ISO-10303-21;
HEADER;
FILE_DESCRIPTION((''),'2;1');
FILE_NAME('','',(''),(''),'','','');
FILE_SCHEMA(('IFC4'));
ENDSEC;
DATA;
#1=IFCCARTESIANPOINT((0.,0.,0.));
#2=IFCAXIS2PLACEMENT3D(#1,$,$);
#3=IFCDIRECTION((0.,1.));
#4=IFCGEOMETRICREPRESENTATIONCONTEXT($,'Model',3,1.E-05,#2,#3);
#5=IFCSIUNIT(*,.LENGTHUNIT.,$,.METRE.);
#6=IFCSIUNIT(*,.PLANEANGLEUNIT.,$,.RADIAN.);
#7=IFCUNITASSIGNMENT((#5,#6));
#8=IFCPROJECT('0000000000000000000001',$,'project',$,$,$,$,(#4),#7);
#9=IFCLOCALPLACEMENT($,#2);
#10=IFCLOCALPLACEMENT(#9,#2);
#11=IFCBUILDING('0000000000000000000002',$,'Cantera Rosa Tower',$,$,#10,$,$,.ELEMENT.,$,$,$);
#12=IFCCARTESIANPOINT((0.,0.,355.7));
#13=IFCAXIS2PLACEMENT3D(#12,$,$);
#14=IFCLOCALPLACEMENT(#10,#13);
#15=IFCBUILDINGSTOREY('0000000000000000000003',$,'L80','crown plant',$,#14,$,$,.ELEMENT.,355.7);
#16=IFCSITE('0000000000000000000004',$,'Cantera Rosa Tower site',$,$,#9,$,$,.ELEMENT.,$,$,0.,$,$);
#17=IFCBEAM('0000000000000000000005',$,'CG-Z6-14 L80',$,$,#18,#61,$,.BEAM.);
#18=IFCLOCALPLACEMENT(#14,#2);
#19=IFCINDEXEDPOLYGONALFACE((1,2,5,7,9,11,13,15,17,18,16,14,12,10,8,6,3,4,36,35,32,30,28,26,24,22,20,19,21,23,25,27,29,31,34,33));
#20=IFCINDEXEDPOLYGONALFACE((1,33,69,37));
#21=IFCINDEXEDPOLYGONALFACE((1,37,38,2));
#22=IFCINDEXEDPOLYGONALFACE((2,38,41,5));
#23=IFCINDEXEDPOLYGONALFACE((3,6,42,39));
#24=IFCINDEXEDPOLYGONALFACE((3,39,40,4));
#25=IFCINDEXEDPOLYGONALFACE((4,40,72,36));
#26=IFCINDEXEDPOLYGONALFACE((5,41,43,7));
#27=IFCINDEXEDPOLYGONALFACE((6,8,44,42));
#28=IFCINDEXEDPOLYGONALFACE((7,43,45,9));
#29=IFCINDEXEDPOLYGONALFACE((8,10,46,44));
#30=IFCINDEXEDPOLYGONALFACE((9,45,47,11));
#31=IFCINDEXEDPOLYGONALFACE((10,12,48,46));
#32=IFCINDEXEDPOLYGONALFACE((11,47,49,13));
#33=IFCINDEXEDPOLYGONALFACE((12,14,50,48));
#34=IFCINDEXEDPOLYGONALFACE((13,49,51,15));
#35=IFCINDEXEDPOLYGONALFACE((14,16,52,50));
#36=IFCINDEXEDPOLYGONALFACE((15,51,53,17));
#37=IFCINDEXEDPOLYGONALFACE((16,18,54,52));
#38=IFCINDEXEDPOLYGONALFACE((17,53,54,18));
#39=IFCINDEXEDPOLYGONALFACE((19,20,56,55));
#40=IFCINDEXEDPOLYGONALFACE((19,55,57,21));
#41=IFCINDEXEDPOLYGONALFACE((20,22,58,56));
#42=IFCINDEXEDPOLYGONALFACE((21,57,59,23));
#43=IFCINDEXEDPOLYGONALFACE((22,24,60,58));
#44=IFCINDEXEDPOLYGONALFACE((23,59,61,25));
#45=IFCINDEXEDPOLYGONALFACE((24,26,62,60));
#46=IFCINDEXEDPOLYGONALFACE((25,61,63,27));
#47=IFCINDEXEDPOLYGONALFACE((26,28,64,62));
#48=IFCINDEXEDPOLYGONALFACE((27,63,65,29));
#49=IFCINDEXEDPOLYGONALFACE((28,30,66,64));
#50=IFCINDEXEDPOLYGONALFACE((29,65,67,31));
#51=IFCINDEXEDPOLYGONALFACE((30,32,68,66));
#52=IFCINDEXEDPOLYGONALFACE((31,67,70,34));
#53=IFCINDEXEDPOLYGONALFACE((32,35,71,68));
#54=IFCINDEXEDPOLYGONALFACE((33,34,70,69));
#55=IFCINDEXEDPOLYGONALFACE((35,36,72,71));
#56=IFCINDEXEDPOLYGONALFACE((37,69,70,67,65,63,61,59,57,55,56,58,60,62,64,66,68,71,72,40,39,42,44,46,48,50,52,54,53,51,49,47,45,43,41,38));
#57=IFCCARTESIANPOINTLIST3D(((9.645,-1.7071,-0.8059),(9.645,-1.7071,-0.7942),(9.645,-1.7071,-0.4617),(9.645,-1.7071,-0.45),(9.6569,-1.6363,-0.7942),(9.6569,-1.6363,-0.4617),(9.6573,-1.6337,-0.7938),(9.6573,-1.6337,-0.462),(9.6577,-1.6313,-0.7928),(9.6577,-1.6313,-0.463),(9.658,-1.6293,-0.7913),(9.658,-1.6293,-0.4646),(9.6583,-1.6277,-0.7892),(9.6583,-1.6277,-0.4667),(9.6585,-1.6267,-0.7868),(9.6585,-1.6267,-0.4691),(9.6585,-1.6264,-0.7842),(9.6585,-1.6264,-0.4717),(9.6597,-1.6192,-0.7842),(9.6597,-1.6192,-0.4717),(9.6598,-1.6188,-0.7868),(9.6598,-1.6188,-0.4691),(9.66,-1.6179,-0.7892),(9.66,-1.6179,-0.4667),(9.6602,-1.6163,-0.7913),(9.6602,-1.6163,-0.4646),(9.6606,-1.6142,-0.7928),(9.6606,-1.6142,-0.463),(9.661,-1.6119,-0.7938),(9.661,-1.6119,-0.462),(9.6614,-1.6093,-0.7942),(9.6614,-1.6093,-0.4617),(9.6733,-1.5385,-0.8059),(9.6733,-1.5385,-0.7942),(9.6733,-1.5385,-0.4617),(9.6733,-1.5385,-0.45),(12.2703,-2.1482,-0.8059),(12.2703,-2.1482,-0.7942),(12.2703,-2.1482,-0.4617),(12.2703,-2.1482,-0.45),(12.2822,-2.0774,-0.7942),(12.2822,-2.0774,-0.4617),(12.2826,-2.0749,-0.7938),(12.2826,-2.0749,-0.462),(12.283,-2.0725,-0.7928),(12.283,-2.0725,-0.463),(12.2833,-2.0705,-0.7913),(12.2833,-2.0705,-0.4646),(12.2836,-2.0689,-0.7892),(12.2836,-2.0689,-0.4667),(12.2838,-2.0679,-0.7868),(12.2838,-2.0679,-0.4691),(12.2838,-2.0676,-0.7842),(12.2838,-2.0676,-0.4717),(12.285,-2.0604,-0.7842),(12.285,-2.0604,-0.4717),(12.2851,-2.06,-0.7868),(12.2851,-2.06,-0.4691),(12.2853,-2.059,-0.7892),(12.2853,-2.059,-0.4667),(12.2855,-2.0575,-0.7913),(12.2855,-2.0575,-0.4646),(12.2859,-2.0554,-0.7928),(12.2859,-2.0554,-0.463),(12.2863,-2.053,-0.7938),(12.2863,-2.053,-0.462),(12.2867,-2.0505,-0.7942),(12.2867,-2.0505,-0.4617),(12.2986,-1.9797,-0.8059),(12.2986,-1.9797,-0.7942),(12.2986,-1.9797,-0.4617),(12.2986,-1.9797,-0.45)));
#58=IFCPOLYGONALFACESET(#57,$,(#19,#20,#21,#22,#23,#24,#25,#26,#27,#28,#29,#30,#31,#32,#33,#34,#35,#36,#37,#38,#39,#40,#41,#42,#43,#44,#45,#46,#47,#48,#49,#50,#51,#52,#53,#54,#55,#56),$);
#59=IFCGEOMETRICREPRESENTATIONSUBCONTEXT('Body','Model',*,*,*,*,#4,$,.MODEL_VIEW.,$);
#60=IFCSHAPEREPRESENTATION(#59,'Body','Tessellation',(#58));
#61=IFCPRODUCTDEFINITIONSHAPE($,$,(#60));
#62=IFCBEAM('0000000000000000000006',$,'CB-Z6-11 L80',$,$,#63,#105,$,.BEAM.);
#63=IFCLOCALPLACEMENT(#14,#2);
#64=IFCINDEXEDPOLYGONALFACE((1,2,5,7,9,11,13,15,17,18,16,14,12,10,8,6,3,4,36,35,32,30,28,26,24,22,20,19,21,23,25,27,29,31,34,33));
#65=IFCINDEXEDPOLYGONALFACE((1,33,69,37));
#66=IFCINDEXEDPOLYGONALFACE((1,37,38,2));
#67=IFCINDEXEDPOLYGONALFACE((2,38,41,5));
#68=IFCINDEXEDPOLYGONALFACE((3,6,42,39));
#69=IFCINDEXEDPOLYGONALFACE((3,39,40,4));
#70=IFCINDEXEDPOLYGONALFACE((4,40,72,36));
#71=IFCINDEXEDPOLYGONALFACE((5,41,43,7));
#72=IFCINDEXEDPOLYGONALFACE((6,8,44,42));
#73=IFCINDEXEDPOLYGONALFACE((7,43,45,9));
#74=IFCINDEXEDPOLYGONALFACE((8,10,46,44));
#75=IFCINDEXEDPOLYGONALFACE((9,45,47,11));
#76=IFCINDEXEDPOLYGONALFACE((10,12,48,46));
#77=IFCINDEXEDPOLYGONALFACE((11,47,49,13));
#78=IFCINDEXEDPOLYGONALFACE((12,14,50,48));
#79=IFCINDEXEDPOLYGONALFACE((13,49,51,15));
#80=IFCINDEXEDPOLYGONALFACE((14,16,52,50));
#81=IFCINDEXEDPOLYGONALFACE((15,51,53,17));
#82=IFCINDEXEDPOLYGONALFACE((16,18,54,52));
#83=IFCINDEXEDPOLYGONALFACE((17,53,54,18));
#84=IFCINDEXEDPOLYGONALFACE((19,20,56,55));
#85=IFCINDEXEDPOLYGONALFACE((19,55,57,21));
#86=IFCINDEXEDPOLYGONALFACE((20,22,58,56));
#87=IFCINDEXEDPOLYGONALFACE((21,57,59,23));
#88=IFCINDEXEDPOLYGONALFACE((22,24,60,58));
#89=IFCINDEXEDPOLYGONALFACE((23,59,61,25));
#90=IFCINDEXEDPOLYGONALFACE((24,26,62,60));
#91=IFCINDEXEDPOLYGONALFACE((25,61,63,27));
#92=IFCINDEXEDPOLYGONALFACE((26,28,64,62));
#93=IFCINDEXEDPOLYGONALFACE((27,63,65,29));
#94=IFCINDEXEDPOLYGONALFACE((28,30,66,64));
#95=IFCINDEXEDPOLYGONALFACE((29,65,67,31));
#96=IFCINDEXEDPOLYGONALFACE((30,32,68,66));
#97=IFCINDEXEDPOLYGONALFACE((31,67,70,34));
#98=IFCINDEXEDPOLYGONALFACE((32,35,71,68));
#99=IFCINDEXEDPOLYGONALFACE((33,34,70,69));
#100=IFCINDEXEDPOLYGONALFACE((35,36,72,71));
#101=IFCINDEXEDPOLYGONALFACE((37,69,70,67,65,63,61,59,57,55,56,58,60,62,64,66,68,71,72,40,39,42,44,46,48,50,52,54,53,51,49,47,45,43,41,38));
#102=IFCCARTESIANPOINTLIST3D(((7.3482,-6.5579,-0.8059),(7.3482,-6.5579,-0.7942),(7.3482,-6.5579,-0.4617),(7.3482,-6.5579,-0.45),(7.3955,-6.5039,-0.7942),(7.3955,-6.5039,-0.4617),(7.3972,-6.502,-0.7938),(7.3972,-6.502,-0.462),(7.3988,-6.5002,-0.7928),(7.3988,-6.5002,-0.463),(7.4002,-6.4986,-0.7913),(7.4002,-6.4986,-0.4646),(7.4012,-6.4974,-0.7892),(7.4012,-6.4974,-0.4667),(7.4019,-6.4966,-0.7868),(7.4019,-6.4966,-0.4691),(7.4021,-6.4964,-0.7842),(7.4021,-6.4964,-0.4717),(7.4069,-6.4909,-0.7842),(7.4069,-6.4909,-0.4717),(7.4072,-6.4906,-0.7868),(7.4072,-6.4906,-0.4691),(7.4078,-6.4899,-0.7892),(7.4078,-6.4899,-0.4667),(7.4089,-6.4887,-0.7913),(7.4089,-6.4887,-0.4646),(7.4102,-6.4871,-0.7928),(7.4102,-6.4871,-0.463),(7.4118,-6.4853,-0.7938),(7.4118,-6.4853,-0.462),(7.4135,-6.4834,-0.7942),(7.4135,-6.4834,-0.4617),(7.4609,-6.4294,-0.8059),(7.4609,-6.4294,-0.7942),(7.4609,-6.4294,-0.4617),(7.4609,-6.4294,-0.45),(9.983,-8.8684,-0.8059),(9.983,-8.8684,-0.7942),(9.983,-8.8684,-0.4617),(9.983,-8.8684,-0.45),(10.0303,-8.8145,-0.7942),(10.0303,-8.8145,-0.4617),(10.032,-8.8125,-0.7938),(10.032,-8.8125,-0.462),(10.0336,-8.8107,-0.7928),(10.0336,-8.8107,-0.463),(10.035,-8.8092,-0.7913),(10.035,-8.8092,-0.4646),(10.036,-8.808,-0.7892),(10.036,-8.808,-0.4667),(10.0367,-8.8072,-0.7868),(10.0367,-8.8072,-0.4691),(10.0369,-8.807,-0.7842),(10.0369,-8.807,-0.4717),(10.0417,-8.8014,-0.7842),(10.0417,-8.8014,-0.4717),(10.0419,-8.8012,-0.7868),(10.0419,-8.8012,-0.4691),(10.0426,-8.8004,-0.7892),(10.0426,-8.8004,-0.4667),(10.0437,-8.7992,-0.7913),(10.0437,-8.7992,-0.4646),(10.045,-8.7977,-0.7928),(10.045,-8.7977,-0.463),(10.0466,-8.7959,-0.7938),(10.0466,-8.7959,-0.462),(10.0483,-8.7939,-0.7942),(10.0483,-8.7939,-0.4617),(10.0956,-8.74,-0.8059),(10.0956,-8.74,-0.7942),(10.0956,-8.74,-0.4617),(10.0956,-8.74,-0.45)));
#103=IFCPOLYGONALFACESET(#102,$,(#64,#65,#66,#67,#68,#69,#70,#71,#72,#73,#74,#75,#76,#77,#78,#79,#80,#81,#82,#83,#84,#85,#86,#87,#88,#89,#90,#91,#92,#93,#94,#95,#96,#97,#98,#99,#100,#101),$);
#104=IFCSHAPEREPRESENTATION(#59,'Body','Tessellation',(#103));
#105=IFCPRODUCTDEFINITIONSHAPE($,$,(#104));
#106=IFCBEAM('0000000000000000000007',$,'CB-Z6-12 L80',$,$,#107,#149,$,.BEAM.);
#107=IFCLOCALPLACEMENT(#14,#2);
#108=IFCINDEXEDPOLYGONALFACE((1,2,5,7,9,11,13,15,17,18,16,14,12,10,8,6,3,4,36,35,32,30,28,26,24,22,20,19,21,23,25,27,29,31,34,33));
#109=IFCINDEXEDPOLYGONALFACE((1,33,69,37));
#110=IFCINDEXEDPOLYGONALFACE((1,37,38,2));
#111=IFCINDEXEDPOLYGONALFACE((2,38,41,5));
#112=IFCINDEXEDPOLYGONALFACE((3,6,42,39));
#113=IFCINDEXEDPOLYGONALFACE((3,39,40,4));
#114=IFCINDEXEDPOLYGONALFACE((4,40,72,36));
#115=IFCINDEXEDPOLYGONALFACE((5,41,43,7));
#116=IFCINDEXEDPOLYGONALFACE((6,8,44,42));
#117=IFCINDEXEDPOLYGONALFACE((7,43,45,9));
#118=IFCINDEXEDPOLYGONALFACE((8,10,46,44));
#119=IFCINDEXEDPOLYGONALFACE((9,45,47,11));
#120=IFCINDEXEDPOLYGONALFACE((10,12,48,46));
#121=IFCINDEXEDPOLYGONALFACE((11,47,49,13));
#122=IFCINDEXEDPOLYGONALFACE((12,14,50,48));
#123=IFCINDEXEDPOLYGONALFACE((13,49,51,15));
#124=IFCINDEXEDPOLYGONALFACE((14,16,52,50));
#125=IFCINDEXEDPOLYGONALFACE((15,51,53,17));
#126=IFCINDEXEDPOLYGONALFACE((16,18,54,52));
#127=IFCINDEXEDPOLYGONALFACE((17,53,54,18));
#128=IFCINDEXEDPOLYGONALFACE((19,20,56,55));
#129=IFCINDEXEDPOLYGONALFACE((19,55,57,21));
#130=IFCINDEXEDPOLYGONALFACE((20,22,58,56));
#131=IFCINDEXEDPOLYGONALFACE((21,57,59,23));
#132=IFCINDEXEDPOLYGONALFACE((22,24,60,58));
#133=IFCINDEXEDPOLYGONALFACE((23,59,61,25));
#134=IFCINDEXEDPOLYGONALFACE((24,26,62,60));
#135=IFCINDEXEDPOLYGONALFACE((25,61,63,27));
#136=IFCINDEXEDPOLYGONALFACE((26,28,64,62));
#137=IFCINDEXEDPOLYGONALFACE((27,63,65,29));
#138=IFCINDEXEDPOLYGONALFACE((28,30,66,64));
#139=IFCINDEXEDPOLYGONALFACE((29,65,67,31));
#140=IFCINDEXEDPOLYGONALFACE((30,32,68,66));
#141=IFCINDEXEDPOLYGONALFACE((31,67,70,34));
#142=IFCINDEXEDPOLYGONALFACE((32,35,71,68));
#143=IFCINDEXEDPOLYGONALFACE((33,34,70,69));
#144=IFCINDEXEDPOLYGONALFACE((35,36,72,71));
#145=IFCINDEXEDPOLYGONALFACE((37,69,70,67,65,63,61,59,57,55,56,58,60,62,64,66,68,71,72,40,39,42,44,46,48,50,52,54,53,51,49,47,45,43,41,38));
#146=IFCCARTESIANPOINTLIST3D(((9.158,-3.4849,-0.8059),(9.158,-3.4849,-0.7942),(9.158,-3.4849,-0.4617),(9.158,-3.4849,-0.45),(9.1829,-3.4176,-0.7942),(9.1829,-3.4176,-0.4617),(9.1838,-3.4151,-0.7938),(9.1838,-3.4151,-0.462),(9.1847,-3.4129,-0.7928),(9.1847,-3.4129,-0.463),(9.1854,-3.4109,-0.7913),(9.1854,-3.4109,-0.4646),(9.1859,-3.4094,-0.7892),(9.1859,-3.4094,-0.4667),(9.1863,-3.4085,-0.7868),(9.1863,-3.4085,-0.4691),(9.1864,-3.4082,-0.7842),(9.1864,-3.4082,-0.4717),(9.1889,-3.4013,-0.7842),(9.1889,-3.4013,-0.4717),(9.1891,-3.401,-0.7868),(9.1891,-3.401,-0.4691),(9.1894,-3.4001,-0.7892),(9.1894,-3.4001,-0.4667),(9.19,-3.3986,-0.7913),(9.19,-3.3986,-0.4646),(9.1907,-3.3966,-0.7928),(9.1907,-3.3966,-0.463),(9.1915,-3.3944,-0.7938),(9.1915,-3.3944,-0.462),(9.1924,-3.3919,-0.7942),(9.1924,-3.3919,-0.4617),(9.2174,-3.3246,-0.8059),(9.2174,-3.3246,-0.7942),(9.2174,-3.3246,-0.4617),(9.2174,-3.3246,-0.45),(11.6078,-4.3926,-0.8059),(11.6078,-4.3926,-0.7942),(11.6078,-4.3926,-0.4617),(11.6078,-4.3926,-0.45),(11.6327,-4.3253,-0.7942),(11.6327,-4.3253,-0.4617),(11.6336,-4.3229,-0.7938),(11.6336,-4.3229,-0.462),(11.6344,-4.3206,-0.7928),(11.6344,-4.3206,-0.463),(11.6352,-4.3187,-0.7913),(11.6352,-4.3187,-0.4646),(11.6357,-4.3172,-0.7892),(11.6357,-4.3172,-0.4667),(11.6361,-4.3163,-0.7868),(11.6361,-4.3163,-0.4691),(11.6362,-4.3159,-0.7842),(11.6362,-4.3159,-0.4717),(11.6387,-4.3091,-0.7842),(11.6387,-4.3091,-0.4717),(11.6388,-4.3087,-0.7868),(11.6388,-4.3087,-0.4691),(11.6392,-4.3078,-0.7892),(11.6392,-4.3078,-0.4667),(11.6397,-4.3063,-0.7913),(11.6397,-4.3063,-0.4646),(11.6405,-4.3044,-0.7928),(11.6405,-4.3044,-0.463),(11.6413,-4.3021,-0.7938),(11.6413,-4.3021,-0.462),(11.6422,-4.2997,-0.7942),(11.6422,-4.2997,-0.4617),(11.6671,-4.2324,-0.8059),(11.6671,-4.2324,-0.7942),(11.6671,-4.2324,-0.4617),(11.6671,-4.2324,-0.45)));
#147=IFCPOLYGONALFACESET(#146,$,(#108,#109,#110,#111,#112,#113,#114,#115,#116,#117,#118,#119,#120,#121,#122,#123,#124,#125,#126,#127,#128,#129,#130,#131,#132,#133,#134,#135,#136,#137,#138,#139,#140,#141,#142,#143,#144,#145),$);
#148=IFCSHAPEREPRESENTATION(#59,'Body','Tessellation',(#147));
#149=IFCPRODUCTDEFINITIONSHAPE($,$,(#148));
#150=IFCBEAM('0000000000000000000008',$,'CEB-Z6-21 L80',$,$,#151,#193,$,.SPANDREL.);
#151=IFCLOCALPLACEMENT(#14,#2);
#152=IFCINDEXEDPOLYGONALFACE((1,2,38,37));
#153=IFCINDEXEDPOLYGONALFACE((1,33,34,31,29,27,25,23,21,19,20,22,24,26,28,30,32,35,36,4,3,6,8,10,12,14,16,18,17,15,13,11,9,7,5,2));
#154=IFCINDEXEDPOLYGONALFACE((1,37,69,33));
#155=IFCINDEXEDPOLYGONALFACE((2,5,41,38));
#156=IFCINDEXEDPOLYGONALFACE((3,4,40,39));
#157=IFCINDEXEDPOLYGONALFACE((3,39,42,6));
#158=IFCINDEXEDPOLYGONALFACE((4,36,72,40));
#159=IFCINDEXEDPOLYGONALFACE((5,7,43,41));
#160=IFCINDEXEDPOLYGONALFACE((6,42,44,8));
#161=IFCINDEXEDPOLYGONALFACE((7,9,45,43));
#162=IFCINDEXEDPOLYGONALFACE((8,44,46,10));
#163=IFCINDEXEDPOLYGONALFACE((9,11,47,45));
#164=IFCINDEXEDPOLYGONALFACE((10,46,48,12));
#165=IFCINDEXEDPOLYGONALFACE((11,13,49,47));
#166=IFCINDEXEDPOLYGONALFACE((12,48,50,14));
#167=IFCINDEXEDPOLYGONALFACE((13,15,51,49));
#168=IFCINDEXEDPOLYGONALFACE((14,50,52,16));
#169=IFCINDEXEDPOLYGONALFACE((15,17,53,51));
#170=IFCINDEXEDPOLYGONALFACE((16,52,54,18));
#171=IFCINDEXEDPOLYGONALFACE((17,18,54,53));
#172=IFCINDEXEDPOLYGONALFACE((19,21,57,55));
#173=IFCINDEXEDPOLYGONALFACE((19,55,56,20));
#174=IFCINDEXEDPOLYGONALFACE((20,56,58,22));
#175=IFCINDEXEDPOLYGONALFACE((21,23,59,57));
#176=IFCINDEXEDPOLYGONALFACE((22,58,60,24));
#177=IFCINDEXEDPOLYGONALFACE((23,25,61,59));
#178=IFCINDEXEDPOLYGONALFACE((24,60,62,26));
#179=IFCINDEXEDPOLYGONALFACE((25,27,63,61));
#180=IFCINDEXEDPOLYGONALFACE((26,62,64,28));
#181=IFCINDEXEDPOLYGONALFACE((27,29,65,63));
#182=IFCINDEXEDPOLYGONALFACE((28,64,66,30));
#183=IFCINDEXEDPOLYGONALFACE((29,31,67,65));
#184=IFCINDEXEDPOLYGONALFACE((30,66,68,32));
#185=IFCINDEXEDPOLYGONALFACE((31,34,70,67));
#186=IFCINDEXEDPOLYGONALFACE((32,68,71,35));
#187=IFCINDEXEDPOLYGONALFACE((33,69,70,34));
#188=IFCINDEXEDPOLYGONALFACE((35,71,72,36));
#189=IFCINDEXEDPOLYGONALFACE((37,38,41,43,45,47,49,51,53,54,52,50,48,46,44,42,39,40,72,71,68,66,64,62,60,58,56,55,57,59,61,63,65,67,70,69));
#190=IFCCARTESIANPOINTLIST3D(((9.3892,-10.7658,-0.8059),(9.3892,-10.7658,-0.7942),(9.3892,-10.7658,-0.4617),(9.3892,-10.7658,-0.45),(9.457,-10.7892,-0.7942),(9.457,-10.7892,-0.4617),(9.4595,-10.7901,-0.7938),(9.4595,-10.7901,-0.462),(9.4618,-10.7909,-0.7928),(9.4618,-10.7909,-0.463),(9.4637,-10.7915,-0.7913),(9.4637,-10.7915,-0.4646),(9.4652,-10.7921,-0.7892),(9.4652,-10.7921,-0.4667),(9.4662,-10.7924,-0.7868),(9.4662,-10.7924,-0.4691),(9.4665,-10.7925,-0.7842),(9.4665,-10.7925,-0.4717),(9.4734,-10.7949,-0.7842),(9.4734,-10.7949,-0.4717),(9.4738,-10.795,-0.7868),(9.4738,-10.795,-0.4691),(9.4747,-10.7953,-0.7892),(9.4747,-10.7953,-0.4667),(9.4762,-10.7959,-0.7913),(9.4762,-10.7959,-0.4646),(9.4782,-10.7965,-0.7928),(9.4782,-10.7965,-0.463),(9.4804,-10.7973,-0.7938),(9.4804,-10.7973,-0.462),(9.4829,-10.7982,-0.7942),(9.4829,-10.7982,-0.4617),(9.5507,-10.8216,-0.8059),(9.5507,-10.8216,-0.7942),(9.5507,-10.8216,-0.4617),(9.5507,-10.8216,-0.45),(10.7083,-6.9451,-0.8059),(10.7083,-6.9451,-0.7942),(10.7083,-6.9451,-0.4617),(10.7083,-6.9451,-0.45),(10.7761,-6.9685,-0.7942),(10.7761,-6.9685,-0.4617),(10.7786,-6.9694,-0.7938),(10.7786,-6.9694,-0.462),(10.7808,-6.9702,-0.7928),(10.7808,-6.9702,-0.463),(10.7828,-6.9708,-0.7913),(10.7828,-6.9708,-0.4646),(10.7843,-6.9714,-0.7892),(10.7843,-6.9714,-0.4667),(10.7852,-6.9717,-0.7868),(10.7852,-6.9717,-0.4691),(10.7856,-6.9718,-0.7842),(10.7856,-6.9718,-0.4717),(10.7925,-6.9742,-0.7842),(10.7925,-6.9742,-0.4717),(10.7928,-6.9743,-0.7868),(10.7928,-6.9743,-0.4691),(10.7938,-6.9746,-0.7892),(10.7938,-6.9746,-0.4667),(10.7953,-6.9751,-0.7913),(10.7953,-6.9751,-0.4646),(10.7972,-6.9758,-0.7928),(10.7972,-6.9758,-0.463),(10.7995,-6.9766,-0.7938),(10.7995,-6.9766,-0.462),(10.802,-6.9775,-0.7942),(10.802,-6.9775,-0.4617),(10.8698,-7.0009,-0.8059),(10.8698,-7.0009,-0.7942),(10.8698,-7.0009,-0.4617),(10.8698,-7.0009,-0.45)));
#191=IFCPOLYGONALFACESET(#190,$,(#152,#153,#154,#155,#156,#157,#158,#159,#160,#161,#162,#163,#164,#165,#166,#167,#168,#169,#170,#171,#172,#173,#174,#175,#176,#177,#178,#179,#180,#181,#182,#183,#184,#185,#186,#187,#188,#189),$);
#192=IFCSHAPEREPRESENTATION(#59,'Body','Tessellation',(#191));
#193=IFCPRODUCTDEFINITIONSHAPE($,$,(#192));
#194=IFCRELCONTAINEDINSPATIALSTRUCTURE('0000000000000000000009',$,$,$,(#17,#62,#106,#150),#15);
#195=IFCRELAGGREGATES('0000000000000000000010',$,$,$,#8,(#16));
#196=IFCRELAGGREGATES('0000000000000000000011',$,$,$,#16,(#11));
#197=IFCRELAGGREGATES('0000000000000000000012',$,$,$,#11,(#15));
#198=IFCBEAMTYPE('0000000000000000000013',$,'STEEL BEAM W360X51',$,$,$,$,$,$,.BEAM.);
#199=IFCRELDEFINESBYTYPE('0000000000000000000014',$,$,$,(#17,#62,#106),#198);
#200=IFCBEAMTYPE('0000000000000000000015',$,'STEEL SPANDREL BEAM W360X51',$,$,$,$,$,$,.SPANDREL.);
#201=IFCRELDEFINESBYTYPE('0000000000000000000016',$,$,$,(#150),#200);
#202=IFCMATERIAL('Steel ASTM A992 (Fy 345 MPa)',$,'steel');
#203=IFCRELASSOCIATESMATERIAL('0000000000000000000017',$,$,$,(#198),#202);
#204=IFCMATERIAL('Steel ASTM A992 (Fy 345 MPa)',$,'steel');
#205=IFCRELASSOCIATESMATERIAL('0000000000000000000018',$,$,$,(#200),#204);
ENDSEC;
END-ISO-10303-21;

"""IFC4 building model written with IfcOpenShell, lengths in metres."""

from ifc_helpers import new_model, si_unit, direction, frame, origin, origin_2d, place, context, subcontext, project, spatial, i_section, extrude, material, material_profile, profile_set, type_object, element, save


model = new_model("IFC4")

# Units and contexts
model_context = context("Model", 3, precision=1e-05, world=origin(), true_north=direction((0.0, 1.0)))
body_context = subcontext(model_context, "Body", "Model", "MODEL_VIEW")
ifc_project = project(units=[si_unit("LENGTHUNIT", "METRE"), si_unit("PLANEANGLEUNIT", "RADIAN")], contexts=[model_context])

# Site, building, storey
site_placement = place(None, origin())
site = spatial("IfcSite", under=ifc_project, at=site_placement, Name="Cantera Rosa Tower site", CompositionType="ELEMENT", RefElevation=0.0)
building_placement = place(site_placement, origin())
building = spatial("IfcBuilding", under=site, at=building_placement, Name="Cantera Rosa Tower", CompositionType="ELEMENT")
storey_placement = place(building_placement, frame((0.0, 0.0, 355.7)))
storey = spatial("IfcBuildingStorey", under=building, at=storey_placement, Name="L80", Description="crown plant", CompositionType="ELEMENT", Elevation=355.7)

# Beams
ifc_material_1 = material(Name="Steel ASTM A992 (Fy 345 MPa)", Category="steel")
ifc_material_profile_1 = material_profile(ifc_material_1, i_section(OverallWidth=0.1709, OverallDepth=0.356, WebThickness=0.0073, FlangeThickness=0.0117, FilletRadius=0.01, at=origin_2d()), Name="W360X51")
ifc_profile_set_1 = profile_set([ifc_material_profile_1], Name="Steel ASTM A992 (Fy 345 MPa)")
beam_type_1 = type_object("IfcBeamType", Name="STEEL BEAM W360X51", PredefinedType="BEAM", material=ifc_profile_set_1)
beam_1_placement = place(storey_placement, frame((12.2844, -2.064, -0.6279), z_axis=(-0.986172, 0.165722, 0.0), x_axis=(-0.165722, -0.986172, 0.0)))
element("IfcBeam", 1, at=beam_1_placement, inside=storey, type_object=beam_type_1, Name="CG-Z6-14 L80", PredefinedType="BEAM", context=body_context, shape_type="SweptSolid", body=[
    extrude(i_section(OverallWidth=0.1709, OverallDepth=0.356, WebThickness=0.0073, FlangeThickness=0.0117, FilletRadius=0.01, at=origin_2d()), origin(), (0.0, 0.0, 1.0), 2.6621),
])
beam_2_placement = place(storey_placement, frame((10.0393, -8.8042, -0.6279), z_axis=(-0.751851, 0.659333, 0.0), x_axis=(-0.659333, -0.751851, 0.0)))
element("IfcBeam", 2, at=beam_2_placement, inside=storey, type_object=beam_type_1, Name="CB-Z6-11 L80", PredefinedType="BEAM", context=body_context, shape_type="SweptSolid", body=[
    extrude(i_section(OverallWidth=0.1709, OverallDepth=0.356, WebThickness=0.0073, FlangeThickness=0.0117, FilletRadius=0.01, at=origin_2d()), origin(), (0.0, 0.0, 1.0), 3.5044),
])
beam_3_placement = place(storey_placement, frame((11.6375, -4.3125, -0.6279), z_axis=(-0.937697, 0.347454, 0.0), x_axis=(-0.347454, -0.937697, 0.0)))
element("IfcBeam", 3, at=beam_3_placement, inside=storey, type_object=beam_type_1, Name="CB-Z6-12 L80", PredefinedType="BEAM", context=body_context, shape_type="SweptSolid", body=[
    extrude(i_section(OverallWidth=0.1709, OverallDepth=0.356, WebThickness=0.0073, FlangeThickness=0.0117, FilletRadius=0.01, at=origin_2d()), origin(), (0.0, 0.0, 1.0), 2.6125),
])
ifc_material_2 = material(Name="Steel ASTM A992 (Fy 345 MPa)", Category="steel")
ifc_material_profile_2 = material_profile(ifc_material_2, i_section(OverallWidth=0.1709, OverallDepth=0.356, WebThickness=0.0073, FlangeThickness=0.0117, FilletRadius=0.01, at=origin_2d()), Name="W360X51")
ifc_profile_set_2 = profile_set([ifc_material_profile_2], Name="Steel ASTM A992 (Fy 345 MPa)")
beam_type_2 = type_object("IfcBeamType", Name="STEEL SPANDREL BEAM W360X51", PredefinedType="SPANDREL", material=ifc_profile_set_2)
beam_4_placement = place(storey_placement, frame((9.47, -10.7937, -0.6279), z_axis=(0.326339, 0.945253, 0.0), x_axis=(-0.945253, 0.326339, 0.0)))
element("IfcBeam", 4, at=beam_4_placement, inside=storey, type_object=beam_type_2, Name="CEB-Z6-21 L80", PredefinedType="SPANDREL", context=body_context, shape_type="SweptSolid", body=[
    extrude(i_section(OverallWidth=0.1709, OverallDepth=0.356, WebThickness=0.0073, FlangeThickness=0.0117, FilletRadius=0.01, at=origin_2d()), origin(), (0.0, 0.0, 1.0), 4.042),
])

save(model, "model.ifc")
